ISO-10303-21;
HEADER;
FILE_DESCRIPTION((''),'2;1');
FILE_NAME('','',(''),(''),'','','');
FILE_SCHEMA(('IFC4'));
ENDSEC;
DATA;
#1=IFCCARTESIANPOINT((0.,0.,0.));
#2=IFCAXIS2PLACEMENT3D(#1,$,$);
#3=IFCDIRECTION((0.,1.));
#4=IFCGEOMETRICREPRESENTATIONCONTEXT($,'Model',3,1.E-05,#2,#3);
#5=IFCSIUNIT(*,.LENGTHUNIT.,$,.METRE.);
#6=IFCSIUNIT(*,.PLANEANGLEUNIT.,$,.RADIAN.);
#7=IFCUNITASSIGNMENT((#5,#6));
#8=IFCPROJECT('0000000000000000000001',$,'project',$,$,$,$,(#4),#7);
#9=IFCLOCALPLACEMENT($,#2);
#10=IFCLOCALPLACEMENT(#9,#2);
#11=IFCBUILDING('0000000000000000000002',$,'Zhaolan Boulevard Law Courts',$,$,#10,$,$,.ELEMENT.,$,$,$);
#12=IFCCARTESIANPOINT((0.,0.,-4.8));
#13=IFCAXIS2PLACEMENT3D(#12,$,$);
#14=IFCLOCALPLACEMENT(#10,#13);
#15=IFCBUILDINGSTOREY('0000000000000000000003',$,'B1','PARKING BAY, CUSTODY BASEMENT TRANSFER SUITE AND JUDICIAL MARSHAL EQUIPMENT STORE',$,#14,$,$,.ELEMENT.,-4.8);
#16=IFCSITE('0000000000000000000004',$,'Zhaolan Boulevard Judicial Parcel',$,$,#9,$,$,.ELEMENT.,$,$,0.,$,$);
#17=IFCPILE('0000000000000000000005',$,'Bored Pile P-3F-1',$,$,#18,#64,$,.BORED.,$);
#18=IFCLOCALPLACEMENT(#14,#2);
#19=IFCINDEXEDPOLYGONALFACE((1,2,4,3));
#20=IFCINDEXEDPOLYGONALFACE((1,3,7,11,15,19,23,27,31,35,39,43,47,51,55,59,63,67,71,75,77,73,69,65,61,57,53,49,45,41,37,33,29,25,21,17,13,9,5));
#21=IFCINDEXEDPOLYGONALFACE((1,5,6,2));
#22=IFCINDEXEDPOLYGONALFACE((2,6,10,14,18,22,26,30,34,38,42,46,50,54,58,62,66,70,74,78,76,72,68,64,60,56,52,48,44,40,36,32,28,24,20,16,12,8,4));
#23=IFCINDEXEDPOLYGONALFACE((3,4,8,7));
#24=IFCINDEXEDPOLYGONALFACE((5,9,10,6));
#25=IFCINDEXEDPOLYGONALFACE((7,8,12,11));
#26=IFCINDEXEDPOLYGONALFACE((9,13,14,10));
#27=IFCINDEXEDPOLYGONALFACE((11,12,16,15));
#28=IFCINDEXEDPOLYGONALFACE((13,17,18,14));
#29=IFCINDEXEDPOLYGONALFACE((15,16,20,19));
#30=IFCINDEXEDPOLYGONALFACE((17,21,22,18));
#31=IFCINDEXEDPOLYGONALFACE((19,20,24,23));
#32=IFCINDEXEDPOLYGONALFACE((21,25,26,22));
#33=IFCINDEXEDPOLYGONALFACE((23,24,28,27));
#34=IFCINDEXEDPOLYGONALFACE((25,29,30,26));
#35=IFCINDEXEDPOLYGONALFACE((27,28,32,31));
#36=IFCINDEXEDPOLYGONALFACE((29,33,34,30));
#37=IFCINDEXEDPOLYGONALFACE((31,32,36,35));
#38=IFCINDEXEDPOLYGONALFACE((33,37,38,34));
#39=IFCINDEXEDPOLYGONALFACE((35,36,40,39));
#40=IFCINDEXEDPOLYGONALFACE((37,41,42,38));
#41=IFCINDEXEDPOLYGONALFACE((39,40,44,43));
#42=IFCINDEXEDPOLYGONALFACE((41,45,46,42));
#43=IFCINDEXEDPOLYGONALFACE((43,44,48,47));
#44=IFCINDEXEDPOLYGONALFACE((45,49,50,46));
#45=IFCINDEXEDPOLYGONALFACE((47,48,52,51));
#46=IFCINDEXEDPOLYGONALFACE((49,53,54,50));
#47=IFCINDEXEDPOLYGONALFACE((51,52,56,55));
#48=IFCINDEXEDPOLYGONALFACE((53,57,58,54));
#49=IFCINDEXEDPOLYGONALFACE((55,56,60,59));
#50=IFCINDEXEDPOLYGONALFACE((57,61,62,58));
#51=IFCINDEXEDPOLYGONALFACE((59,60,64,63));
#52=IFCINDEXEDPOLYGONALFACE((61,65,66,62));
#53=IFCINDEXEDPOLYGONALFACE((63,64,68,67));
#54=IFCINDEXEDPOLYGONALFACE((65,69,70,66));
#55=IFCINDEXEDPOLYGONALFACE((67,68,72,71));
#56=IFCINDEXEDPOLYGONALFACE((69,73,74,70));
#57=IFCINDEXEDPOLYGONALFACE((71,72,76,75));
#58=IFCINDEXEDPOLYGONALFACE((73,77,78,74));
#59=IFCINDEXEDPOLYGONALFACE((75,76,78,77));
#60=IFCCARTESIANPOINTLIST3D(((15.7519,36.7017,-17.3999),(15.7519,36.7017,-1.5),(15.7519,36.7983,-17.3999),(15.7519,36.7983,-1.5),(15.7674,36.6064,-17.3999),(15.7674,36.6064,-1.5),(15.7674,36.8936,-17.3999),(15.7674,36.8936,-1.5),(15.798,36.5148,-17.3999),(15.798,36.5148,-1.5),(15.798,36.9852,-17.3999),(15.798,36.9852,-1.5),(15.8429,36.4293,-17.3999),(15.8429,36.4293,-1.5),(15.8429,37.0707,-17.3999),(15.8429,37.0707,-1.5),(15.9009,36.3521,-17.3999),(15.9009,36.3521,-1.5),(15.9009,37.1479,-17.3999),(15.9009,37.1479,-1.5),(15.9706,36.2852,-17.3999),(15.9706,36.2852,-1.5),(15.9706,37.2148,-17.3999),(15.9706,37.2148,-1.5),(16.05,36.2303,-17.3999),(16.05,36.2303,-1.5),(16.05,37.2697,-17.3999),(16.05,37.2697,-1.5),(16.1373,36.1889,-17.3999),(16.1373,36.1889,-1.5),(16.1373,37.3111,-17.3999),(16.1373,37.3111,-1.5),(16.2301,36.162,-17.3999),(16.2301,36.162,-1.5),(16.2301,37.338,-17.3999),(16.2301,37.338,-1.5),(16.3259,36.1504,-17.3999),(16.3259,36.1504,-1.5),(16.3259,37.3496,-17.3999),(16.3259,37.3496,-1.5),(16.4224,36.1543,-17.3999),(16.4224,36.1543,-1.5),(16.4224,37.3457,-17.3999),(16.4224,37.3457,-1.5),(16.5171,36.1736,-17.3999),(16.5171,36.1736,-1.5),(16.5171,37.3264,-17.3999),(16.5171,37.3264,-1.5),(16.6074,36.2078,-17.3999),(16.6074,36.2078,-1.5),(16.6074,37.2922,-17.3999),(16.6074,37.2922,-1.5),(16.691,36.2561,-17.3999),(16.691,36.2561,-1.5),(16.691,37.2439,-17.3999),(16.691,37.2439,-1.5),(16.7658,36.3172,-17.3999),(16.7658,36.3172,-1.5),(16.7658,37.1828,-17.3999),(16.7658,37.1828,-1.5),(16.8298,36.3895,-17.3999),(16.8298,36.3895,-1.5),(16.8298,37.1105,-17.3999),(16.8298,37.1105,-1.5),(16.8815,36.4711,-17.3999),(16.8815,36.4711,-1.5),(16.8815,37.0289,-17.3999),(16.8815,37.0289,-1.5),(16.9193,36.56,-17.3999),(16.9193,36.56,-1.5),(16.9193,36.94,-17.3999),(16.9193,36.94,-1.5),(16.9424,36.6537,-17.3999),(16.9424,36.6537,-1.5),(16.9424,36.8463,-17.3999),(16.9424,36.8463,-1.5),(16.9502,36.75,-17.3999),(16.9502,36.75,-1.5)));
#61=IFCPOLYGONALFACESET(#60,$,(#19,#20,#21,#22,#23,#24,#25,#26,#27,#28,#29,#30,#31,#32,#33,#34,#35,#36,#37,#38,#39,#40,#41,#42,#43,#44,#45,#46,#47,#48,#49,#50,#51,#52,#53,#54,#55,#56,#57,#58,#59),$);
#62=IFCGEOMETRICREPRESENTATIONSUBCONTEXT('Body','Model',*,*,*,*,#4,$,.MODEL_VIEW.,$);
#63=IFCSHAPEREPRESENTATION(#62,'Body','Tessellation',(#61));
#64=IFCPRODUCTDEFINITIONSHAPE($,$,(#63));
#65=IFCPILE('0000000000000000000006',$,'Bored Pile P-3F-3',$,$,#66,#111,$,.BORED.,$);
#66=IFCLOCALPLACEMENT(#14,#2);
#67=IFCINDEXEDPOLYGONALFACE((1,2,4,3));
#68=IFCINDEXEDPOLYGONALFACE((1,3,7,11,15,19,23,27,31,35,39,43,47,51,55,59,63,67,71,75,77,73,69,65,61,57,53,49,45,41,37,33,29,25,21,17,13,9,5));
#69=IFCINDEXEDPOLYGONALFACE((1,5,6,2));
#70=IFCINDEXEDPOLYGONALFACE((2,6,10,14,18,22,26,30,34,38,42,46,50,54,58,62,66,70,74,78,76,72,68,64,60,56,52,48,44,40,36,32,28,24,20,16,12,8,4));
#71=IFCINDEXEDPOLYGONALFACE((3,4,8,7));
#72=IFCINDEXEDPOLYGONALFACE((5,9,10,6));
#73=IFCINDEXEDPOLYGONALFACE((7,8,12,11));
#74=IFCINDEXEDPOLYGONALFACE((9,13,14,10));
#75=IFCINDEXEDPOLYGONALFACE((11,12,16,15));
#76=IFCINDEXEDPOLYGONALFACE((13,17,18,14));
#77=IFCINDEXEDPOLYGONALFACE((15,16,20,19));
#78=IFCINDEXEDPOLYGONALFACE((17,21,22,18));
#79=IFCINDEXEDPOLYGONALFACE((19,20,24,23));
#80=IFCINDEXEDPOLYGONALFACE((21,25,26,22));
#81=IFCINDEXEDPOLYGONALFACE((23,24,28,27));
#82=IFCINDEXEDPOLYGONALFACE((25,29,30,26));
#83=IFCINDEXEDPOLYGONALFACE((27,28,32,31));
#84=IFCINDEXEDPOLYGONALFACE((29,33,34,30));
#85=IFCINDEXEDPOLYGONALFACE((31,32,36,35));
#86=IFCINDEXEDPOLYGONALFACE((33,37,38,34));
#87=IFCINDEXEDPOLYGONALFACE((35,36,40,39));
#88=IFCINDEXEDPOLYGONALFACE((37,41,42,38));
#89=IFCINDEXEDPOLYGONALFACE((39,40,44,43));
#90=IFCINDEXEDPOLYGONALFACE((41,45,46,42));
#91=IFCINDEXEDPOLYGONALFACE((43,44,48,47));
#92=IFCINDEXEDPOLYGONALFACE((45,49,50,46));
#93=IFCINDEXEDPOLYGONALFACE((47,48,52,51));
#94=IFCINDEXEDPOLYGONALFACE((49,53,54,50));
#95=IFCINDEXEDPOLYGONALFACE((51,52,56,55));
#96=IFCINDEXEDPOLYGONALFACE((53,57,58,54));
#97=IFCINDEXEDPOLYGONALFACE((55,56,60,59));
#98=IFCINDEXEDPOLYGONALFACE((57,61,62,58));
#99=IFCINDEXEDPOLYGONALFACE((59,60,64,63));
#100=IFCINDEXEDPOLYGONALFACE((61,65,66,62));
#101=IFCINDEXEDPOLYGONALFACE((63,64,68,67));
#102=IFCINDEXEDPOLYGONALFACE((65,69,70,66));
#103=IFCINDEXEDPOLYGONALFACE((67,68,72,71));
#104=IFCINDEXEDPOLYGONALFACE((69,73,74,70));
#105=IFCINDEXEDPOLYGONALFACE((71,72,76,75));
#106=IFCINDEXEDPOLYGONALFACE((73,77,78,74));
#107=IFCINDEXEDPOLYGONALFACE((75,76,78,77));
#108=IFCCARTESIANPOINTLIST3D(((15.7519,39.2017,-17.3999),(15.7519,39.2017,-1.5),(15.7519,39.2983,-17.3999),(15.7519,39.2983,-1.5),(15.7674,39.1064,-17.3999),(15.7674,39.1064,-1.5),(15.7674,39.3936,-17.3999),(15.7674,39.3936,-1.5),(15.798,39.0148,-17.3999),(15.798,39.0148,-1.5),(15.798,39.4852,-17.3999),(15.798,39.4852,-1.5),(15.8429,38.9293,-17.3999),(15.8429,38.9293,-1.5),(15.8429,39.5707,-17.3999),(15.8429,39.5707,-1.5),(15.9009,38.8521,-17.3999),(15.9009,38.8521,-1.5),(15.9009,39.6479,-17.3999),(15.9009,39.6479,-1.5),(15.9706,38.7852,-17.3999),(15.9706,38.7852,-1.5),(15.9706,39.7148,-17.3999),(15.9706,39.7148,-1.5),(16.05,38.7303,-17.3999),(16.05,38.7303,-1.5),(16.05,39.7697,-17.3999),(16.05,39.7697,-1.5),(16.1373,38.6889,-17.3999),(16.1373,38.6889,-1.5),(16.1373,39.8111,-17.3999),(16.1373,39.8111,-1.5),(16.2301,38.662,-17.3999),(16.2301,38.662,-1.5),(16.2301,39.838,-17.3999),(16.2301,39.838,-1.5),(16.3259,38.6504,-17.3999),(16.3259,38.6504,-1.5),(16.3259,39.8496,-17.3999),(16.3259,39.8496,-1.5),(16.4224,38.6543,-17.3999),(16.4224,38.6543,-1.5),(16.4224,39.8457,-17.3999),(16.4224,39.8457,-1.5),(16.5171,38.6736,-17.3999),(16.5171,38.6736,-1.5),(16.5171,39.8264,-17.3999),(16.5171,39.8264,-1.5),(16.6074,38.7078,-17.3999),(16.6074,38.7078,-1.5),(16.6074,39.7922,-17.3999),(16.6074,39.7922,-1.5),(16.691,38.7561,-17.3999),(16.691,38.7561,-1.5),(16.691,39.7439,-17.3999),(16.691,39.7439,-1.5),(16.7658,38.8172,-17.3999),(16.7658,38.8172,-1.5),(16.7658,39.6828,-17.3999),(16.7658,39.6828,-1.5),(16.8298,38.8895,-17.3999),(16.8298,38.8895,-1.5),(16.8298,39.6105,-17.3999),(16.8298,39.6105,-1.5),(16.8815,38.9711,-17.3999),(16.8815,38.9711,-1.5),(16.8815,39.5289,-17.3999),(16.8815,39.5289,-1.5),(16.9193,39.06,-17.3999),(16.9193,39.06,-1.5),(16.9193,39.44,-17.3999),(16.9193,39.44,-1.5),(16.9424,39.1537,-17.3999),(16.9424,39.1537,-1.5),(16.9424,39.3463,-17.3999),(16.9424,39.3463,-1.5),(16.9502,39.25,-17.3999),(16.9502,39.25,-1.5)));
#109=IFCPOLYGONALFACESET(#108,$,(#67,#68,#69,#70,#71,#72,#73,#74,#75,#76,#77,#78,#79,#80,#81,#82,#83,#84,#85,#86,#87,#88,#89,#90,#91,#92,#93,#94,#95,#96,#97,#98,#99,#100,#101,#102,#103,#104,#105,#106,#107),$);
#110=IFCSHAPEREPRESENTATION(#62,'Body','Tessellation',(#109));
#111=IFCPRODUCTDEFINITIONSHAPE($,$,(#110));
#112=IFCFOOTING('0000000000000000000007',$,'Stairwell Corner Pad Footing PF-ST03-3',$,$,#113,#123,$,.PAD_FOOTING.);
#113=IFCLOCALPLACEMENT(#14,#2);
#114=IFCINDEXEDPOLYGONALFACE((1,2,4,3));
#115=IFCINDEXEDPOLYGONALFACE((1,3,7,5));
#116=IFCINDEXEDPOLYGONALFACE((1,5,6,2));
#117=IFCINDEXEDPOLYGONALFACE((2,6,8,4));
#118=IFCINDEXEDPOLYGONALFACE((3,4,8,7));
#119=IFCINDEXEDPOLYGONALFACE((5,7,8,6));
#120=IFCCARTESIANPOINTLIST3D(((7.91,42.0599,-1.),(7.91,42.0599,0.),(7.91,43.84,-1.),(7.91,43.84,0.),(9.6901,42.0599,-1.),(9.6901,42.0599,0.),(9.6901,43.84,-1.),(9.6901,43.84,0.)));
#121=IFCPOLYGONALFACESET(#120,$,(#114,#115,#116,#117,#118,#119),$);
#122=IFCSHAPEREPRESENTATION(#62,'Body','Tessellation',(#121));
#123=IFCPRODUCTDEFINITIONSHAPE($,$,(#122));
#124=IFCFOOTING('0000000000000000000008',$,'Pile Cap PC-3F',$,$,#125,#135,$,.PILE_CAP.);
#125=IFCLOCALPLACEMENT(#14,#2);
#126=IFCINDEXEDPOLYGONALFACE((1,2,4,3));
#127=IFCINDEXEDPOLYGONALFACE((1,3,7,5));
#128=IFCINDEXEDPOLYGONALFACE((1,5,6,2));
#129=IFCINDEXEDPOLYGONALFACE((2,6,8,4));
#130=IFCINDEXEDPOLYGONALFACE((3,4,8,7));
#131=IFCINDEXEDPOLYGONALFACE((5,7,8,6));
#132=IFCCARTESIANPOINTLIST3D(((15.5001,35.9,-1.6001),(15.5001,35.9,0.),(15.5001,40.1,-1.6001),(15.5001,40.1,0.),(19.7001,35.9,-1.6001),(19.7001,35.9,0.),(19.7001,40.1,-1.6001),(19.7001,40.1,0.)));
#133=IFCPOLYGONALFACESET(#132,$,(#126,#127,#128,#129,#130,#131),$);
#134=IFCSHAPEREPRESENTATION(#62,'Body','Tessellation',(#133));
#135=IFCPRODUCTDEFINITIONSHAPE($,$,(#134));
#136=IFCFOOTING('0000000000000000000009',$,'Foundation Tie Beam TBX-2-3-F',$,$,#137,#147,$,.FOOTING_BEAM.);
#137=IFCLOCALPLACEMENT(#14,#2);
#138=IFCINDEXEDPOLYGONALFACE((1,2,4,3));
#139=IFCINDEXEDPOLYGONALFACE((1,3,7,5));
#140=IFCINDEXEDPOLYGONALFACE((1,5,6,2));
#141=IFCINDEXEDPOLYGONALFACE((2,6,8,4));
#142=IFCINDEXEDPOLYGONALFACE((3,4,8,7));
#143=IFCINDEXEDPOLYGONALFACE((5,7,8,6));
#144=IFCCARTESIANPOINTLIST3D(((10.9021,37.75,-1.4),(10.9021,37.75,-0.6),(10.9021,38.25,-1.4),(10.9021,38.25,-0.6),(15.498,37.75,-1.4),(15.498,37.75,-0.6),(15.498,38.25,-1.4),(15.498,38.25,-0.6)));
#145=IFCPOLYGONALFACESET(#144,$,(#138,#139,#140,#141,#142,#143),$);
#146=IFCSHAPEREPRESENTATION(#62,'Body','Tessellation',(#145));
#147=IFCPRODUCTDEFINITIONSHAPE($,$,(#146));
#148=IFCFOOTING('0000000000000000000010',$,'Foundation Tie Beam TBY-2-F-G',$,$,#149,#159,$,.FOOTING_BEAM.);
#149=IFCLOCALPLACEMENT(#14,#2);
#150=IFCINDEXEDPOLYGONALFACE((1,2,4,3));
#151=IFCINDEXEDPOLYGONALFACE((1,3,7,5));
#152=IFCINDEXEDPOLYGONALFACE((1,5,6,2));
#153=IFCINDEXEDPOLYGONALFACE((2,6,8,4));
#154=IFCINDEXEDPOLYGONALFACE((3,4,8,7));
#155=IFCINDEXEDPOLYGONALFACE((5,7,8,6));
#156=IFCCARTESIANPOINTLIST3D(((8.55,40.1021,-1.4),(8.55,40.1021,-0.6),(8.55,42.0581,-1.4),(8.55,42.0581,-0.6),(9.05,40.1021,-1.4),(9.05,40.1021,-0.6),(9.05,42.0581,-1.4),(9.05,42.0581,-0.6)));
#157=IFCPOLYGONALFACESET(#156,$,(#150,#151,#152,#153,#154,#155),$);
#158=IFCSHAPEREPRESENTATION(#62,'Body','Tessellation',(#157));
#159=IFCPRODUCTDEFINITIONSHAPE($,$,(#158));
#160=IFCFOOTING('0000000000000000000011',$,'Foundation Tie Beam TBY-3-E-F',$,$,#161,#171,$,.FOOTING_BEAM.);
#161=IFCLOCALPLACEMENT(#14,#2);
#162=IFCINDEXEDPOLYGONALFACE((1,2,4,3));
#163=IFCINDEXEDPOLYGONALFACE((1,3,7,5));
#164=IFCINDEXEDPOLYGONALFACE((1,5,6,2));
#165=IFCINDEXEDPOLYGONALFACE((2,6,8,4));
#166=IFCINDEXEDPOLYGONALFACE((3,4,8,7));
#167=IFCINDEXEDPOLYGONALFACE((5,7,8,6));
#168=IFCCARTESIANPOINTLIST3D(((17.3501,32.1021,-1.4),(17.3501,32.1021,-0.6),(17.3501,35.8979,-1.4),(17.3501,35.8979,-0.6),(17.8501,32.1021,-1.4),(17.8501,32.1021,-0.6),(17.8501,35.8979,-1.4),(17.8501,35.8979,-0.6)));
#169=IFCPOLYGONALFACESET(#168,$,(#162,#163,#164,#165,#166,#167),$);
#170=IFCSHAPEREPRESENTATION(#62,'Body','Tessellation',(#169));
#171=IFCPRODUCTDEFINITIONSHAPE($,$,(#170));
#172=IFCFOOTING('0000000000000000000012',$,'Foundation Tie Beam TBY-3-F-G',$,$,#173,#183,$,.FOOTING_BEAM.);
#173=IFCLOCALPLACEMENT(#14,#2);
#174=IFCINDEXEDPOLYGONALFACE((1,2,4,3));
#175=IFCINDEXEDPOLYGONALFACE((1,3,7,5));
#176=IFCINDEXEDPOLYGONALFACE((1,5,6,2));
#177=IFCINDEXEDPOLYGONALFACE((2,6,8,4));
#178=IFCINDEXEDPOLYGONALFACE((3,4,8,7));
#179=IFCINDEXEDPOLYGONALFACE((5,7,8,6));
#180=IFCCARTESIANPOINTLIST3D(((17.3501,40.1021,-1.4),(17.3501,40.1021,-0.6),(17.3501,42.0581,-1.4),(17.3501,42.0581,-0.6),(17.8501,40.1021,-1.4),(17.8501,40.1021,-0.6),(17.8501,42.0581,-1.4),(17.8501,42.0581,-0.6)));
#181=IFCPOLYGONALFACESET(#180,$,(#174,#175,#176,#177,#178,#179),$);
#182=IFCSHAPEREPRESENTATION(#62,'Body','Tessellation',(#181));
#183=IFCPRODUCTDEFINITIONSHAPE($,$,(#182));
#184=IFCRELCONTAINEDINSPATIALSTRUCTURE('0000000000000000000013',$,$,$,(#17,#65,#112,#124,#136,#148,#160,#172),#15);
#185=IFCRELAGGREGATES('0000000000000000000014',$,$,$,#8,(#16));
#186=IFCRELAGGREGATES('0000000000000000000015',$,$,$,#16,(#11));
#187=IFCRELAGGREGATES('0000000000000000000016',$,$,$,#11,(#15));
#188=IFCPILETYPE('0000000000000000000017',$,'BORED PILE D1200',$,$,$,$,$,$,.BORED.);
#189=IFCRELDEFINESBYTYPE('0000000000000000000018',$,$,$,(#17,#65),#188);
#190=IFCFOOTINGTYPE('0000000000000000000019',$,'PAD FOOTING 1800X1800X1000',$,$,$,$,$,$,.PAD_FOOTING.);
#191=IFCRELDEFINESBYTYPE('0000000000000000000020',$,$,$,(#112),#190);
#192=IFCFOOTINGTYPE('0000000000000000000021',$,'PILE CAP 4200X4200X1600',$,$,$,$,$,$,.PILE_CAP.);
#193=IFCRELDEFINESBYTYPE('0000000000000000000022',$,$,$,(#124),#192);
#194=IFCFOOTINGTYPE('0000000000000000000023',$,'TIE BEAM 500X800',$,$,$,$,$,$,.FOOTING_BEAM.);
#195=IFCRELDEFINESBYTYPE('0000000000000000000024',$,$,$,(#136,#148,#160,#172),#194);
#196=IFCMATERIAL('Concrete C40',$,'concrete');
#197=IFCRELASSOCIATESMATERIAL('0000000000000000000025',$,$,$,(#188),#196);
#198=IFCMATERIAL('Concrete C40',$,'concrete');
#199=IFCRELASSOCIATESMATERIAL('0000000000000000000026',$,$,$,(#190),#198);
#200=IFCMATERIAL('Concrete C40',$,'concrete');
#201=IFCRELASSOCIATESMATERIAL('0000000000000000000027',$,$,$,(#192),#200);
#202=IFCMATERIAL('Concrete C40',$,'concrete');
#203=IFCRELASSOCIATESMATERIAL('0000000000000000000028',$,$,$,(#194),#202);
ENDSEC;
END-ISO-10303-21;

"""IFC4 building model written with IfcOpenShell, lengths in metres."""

from ifc_helpers import new_model, si_unit, direction, frame, origin, origin_2d, place, context, subcontext, project, spatial, rectangle, circle, extrude, material, material_profile, profile_set, type_object, element, save


model = new_model("IFC4")

# Units and contexts
model_context = context("Model", 3, precision=1e-05, world=origin(), true_north=direction((0.0, 1.0)))
body_context = subcontext(model_context, "Body", "Model", "MODEL_VIEW")
ifc_project = project(units=[si_unit("LENGTHUNIT", "METRE"), si_unit("PLANEANGLEUNIT", "RADIAN")], contexts=[model_context])

# Site, building, storey
site_placement = place(None, origin())
site = spatial("IfcSite", under=ifc_project, at=site_placement, Name="Zhaolan Boulevard Judicial Parcel", CompositionType="ELEMENT", RefElevation=0.0)
building_placement = place(site_placement, origin())
building = spatial("IfcBuilding", under=site, at=building_placement, Name="Zhaolan Boulevard Law Courts", CompositionType="ELEMENT")
storey_placement = place(building_placement, frame((0.0, 0.0, -4.8)))
storey = spatial("IfcBuildingStorey", under=building, at=storey_placement, Name="B1", Description="PARKING BAY, CUSTODY BASEMENT TRANSFER SUITE AND JUDICIAL MARSHAL EQUIPMENT STORE", CompositionType="ELEMENT", Elevation=-4.8)

# Piles
ifc_material_1 = material(Name="Concrete C40", Category="concrete")
ifc_material_profile_1 = material_profile(ifc_material_1, circle(Radius=0.6001, at=origin_2d()), Name="PILE-D1200")
ifc_profile_set_1 = profile_set([ifc_material_profile_1], Name="Concrete C40")
pile_type = type_object("IfcPileType", Name="BORED PILE D1200", PredefinedType="BORED", material=ifc_profile_set_1)
for number, where, z_axis, x_axis, name in (
    (1, (16.3501, 36.75, -1.5), (0.0, 0.0, -1.0), (1.0, 0.0, 0.0), "Bored Pile P-3F-1"),
    (2, (16.3501, 39.25, -1.5), (0.0, 0.0, -1.0), (1.0, 0.0, 0.0), "Bored Pile P-3F-3"),
):
    element("IfcPile", number, at=place(storey_placement, frame(where, z_axis=z_axis, x_axis=x_axis)), inside=storey, type_object=pile_type, Name=name, PredefinedType="BORED", context=body_context, shape_type="SweptSolid", body=[
        extrude(circle(Radius=0.6001, at=origin_2d()), origin(), (0.0, 0.0, 1.0), 15.8999),
    ])

# Footings
ifc_material_2 = material(Name="Concrete C40", Category="concrete")
footing_type_1 = type_object("IfcFootingType", Name="PAD FOOTING 1800X1800X1000", PredefinedType="PAD_FOOTING", material=ifc_material_2)
footing_1_placement = place(storey_placement, frame((8.8, 42.95, -1.0), z_axis=(0.0, 0.0, 1.0), x_axis=(1.0, 0.0, 0.0)))
element("IfcFooting", 3, at=footing_1_placement, inside=storey, type_object=footing_type_1, Name="Stairwell Corner Pad Footing PF-ST03-3", PredefinedType="PAD_FOOTING", context=body_context, shape_type="SweptSolid", body=[
    extrude(rectangle(XDim=1.78, YDim=1.78, at=origin_2d()), origin(), (0.0, 0.0, 1.0), 1.0),
])
ifc_material_3 = material(Name="Concrete C40", Category="concrete")
footing_type_2 = type_object("IfcFootingType", Name="PILE CAP 4200X4200X1600", PredefinedType="PILE_CAP", material=ifc_material_3)
footing_2_placement = place(storey_placement, frame((17.6001, 38.0, -1.6001), z_axis=(0.0, 0.0, 1.0), x_axis=(1.0, 0.0, 0.0)))
element("IfcFooting", 4, at=footing_2_placement, inside=storey, type_object=footing_type_2, Name="Pile Cap PC-3F", PredefinedType="PILE_CAP", context=body_context, shape_type="SweptSolid", body=[
    extrude(rectangle(XDim=4.2, YDim=4.2, at=origin_2d()), origin(), (0.0, 0.0, 1.0), 1.6001),
])
ifc_material_4 = material(Name="Concrete C40", Category="concrete")
ifc_material_profile_2 = material_profile(ifc_material_4, rectangle(XDim=0.5, YDim=0.8, at=origin_2d()), Name="RC500x800")
ifc_profile_set_2 = profile_set([ifc_material_profile_2], Name="Concrete C40")
footing_type_3 = type_object("IfcFootingType", Name="TIE BEAM 500X800", PredefinedType="FOOTING_BEAM", material=ifc_profile_set_2)
footing_3_placement = place(storey_placement, frame((10.9021, 38.0, -1.0), z_axis=(1.0, 0.0, 0.0), x_axis=(0.0, 1.0, 0.0)))
element("IfcFooting", 5, at=footing_3_placement, inside=storey, type_object=footing_type_3, Name="Foundation Tie Beam TBX-2-3-F", PredefinedType="FOOTING_BEAM", context=body_context, shape_type="SweptSolid", body=[
    extrude(rectangle(XDim=0.5, YDim=0.8, at=origin_2d()), origin(), (0.0, 0.0, 1.0), 4.5959),
])
footing_4_placement = place(storey_placement, frame((8.8, 40.1021, -1.0), z_axis=(0.0, 1.0, 0.0), x_axis=(-1.0, 0.0, 0.0)))
element("IfcFooting", 6, at=footing_4_placement, inside=storey, type_object=footing_type_3, Name="Foundation Tie Beam TBY-2-F-G", PredefinedType="FOOTING_BEAM", context=body_context, shape_type="SweptSolid", body=[
    extrude(rectangle(XDim=0.5, YDim=0.8, at=origin_2d()), origin(), (0.0, 0.0, 1.0), 1.9561),
])
footing_5_placement = place(storey_placement, frame((17.6001, 32.1021, -1.0), z_axis=(0.0, 1.0, 0.0), x_axis=(-1.0, 0.0, 0.0)))
element("IfcFooting", 7, at=footing_5_placement, inside=storey, type_object=footing_type_3, Name="Foundation Tie Beam TBY-3-E-F", PredefinedType="FOOTING_BEAM", context=body_context, shape_type="SweptSolid", body=[
    extrude(rectangle(XDim=0.5, YDim=0.8, at=origin_2d()), origin(), (0.0, 0.0, 1.0), 3.7959),
])
footing_6_placement = place(storey_placement, frame((17.6001, 40.1021, -1.0), z_axis=(0.0, 1.0, 0.0), x_axis=(-1.0, 0.0, 0.0)))
element("IfcFooting", 8, at=footing_6_placement, inside=storey, type_object=footing_type_3, Name="Foundation Tie Beam TBY-3-F-G", PredefinedType="FOOTING_BEAM", context=body_context, shape_type="SweptSolid", body=[
    extrude(rectangle(XDim=0.5, YDim=0.8, at=origin_2d()), origin(), (0.0, 0.0, 1.0), 1.9561),
])

save(model, "model.ifc")
